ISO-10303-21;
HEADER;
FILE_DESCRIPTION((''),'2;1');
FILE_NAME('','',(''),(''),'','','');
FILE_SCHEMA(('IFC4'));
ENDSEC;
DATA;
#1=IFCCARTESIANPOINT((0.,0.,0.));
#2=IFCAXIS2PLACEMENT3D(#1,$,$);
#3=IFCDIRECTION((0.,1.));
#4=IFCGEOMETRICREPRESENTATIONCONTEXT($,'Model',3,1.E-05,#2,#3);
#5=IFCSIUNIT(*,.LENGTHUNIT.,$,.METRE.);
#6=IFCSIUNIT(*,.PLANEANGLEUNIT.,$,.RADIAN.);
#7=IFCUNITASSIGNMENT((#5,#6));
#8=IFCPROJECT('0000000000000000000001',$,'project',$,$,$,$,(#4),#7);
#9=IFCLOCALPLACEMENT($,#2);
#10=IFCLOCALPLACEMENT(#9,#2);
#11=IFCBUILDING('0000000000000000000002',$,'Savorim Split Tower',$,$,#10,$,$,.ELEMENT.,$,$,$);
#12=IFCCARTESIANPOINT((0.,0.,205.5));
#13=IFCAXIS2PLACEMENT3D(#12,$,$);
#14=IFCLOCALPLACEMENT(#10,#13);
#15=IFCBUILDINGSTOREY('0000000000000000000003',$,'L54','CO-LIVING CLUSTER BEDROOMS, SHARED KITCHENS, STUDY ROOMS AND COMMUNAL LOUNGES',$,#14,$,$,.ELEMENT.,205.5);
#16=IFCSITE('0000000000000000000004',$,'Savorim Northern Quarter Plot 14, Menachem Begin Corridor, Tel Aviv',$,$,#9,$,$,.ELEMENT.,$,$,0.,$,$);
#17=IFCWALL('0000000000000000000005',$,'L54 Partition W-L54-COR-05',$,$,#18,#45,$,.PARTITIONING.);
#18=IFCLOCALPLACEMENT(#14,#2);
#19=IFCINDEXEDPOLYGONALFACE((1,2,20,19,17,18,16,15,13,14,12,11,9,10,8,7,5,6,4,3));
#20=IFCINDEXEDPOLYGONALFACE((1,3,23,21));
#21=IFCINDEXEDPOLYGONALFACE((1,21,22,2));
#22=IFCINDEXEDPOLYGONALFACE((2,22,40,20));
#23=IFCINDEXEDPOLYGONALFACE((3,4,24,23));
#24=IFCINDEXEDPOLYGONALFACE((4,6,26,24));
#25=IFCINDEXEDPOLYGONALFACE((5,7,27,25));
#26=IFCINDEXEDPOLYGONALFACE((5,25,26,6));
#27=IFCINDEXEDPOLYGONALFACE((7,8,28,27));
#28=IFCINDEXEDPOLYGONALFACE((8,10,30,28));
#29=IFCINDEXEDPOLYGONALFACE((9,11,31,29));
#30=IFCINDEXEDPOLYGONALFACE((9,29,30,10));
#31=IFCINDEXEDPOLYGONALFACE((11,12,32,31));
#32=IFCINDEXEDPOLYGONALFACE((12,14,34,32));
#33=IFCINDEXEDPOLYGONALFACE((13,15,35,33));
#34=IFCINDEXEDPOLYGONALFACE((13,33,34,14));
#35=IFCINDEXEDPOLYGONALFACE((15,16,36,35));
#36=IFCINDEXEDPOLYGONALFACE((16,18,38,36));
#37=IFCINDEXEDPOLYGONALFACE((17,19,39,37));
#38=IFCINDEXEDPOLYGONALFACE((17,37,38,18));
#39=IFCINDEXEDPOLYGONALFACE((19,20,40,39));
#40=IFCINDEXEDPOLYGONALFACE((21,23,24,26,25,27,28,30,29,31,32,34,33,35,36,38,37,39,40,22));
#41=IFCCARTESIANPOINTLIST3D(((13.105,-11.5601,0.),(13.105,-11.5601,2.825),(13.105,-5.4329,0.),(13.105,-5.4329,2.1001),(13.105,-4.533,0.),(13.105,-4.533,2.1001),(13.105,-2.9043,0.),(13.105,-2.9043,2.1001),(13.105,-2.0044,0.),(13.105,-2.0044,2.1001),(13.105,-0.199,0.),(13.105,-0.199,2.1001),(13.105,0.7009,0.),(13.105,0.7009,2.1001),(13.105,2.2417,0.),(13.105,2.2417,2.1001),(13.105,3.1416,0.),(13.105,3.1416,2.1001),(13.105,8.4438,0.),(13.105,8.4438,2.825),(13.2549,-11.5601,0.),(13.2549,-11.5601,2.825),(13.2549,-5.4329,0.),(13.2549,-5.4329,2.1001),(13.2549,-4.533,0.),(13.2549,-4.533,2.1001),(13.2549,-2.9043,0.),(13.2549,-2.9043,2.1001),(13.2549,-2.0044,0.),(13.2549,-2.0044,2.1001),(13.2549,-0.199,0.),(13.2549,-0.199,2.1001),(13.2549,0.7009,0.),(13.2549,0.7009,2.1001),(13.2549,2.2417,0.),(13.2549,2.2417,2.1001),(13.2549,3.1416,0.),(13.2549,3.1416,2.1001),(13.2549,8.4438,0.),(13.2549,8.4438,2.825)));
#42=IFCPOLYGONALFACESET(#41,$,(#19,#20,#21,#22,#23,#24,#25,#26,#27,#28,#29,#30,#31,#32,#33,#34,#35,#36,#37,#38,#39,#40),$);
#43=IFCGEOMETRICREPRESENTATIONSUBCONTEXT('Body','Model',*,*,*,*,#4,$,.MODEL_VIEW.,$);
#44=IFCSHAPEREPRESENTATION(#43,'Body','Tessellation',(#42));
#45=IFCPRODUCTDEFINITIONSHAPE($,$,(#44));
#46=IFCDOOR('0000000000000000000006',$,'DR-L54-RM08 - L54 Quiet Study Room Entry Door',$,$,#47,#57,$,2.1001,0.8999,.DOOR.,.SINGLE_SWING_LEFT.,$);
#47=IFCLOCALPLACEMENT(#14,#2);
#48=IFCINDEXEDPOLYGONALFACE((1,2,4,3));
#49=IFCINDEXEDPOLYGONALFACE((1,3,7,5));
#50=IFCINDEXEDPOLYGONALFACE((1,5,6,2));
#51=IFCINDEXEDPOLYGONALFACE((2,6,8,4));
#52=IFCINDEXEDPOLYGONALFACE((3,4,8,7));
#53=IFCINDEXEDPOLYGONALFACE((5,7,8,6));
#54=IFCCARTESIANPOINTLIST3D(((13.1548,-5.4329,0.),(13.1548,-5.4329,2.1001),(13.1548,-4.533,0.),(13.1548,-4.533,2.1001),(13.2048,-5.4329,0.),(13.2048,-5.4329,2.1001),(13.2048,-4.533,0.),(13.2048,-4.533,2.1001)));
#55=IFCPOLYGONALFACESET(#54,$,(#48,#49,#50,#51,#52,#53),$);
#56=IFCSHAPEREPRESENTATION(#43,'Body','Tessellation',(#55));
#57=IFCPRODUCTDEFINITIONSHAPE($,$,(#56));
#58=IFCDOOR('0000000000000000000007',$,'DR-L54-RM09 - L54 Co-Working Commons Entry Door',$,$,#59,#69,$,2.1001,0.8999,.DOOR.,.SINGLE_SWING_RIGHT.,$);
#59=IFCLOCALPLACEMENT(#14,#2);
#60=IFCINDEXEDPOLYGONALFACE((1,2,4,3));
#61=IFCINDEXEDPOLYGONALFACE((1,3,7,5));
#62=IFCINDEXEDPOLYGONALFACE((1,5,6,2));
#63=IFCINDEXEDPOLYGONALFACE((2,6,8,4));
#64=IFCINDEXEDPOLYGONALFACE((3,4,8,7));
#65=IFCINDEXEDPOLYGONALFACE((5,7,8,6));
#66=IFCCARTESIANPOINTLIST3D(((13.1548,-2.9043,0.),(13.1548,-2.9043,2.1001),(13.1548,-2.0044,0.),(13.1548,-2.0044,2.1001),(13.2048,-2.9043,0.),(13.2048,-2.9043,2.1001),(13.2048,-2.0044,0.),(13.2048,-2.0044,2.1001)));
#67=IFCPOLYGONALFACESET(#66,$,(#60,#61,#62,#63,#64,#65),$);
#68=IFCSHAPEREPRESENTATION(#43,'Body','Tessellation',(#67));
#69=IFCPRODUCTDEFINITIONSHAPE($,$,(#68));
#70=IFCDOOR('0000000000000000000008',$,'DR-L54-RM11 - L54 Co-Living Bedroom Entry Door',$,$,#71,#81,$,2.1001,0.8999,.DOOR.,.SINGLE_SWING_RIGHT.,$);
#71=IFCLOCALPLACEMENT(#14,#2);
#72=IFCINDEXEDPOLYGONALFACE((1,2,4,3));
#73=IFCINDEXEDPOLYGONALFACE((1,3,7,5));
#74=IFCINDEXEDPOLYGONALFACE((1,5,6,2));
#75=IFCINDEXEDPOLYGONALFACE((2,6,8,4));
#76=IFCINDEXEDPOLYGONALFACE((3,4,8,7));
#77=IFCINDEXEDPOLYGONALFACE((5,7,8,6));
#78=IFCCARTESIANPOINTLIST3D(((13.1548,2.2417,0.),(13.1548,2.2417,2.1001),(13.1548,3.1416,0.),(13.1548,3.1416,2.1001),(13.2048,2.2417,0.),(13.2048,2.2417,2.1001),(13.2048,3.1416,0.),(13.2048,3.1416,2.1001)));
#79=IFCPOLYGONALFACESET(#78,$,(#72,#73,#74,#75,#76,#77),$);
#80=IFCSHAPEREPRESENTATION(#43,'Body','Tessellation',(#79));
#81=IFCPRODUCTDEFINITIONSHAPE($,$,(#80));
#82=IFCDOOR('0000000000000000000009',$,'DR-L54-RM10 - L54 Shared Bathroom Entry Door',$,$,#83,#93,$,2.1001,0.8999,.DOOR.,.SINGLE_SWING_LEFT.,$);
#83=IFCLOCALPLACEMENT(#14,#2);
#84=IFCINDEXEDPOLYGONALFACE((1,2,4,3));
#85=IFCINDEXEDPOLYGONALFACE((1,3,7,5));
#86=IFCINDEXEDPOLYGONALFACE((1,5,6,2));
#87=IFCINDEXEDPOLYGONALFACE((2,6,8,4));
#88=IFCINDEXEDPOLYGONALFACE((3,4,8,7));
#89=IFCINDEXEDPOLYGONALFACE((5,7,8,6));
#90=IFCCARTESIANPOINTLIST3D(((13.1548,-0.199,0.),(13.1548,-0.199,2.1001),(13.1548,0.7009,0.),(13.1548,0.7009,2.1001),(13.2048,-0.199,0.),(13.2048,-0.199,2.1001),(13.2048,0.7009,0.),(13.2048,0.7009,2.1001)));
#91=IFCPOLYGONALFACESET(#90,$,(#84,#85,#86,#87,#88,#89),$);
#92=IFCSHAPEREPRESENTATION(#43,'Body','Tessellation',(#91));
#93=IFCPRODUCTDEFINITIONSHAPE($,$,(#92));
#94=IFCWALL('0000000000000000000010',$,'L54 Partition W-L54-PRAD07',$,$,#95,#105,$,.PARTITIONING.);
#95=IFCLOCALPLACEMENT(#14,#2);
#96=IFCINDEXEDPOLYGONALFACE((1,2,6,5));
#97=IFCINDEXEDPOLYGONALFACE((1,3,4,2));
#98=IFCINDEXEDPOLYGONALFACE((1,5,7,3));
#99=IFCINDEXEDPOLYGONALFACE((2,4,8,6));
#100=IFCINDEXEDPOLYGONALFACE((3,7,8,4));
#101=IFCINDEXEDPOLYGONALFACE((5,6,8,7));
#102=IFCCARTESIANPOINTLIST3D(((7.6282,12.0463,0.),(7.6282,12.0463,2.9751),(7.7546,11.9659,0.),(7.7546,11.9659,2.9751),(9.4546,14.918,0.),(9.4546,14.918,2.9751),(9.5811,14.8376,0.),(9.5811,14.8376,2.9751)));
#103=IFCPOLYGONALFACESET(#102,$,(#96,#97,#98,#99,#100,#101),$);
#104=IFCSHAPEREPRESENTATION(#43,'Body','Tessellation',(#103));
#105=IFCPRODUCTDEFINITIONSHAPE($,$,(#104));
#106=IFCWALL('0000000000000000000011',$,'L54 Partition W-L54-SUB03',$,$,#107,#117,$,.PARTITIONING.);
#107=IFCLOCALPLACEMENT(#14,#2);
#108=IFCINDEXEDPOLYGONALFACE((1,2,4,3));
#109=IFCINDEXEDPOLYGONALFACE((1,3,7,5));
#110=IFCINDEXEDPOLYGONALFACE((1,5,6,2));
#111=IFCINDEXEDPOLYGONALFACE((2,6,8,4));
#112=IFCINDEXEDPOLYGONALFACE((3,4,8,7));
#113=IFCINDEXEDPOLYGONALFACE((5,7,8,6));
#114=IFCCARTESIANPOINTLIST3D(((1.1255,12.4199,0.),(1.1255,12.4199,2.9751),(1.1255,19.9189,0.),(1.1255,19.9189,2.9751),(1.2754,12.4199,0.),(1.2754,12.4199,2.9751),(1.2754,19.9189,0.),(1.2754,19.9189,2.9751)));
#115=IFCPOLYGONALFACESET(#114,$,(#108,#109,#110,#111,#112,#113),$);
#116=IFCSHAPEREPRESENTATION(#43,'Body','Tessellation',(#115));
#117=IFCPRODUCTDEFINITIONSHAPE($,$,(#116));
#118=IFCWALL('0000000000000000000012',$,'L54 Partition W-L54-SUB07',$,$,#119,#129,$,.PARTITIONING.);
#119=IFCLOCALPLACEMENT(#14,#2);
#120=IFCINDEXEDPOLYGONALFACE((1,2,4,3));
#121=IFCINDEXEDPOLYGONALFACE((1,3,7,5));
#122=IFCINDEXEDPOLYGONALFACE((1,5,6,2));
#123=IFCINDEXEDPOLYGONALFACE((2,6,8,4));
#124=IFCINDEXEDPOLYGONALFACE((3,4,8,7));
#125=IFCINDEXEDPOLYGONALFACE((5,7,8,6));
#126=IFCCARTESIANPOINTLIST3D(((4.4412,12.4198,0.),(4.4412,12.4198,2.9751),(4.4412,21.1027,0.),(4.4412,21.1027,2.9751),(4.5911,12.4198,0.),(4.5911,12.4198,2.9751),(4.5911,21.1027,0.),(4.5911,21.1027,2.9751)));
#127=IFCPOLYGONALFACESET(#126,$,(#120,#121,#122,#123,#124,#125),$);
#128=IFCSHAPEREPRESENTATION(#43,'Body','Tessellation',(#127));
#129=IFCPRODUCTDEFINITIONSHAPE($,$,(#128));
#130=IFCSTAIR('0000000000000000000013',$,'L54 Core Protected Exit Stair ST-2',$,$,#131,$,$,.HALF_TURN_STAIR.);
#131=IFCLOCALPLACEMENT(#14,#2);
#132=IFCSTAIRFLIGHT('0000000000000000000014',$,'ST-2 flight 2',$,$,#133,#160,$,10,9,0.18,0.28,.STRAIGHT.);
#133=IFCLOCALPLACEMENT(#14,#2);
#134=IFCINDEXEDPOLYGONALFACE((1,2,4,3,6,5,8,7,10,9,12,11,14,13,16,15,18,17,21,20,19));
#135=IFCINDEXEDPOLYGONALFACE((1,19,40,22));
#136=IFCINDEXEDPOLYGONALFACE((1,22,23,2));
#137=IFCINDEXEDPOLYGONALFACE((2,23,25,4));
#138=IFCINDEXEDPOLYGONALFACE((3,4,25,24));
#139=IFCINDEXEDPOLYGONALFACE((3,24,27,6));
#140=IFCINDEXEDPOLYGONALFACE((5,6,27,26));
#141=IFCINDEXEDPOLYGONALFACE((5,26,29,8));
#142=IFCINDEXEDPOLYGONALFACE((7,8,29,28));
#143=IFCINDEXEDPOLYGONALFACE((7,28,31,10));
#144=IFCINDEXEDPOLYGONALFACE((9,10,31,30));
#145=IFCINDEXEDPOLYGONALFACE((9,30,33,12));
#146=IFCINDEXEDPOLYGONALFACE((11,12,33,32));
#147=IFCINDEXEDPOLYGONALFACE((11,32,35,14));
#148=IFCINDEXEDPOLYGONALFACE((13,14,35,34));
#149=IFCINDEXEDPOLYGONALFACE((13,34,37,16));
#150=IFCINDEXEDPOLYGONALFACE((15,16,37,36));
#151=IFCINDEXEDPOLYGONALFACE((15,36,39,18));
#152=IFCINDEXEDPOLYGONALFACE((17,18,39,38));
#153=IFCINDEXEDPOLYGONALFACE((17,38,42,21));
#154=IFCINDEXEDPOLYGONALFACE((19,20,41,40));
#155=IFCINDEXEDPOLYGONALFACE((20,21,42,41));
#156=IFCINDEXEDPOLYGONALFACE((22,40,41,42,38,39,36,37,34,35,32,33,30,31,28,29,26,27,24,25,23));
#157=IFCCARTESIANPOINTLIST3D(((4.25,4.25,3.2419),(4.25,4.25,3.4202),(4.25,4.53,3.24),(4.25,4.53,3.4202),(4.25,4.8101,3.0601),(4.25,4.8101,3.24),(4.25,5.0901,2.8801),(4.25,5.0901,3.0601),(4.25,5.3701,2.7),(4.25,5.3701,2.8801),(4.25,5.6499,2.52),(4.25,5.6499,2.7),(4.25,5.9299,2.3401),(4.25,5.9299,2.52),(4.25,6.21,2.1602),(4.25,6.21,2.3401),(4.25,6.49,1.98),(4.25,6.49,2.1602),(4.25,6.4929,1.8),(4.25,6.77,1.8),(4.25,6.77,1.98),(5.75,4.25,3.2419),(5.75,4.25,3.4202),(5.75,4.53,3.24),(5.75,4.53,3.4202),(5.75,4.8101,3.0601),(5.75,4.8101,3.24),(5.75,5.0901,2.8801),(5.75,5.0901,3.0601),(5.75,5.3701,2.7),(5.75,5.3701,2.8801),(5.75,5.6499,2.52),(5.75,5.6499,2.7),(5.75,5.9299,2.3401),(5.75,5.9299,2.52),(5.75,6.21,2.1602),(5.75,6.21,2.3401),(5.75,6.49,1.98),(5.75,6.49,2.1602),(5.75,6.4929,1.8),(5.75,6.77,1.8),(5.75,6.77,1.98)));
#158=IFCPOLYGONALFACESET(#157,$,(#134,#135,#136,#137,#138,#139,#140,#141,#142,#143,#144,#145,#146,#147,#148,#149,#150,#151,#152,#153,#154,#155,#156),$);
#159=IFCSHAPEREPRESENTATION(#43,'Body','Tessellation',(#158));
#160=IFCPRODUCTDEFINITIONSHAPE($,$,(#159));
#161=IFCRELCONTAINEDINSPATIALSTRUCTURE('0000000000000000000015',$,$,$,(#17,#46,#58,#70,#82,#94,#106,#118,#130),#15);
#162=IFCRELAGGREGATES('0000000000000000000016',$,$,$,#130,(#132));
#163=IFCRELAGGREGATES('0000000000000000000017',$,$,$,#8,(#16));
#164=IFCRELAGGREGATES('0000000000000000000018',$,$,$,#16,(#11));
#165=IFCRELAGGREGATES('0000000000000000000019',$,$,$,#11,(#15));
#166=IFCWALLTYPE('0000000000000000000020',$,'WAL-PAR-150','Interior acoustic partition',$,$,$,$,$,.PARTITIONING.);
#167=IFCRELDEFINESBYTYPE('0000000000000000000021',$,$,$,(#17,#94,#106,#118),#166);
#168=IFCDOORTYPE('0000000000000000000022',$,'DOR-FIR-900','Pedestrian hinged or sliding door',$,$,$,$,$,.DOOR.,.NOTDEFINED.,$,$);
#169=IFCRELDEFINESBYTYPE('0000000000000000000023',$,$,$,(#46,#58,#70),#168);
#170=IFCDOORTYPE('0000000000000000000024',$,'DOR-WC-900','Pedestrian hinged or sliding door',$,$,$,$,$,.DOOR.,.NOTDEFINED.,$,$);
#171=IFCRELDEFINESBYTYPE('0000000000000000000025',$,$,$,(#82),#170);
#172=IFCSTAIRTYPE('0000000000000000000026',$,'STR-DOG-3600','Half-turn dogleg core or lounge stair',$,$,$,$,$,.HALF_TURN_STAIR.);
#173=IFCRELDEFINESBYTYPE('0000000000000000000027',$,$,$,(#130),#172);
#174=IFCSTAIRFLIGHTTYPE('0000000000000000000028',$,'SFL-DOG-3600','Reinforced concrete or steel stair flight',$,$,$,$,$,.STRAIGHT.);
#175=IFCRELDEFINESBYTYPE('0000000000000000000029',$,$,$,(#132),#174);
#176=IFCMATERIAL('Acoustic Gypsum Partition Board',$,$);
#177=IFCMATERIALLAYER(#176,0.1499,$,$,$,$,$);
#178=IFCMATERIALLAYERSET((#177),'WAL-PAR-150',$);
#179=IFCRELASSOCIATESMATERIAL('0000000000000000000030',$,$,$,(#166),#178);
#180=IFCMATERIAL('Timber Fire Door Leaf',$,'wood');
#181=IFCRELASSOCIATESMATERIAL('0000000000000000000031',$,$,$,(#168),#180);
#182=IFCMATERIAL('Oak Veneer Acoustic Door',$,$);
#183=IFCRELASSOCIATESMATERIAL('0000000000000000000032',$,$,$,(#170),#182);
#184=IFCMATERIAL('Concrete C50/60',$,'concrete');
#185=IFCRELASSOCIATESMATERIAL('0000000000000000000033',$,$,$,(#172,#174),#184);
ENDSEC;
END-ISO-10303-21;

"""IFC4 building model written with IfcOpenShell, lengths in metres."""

from ifc_helpers import new_model, si_unit, direction, frame, frame_2d, origin, place, context, subcontext, project, spatial, polyline, rectangle, outline, extrude, material, layer, layer_set, type_object, element, fill, aggregate, save


model = new_model("IFC4")

# Units and contexts
model_context = context("Model", 3, precision=1e-05, world=origin(), true_north=direction((0.0, 1.0)))
body_context = subcontext(model_context, "Body", "Model", "MODEL_VIEW")
ifc_project = project(units=[si_unit("LENGTHUNIT", "METRE"), si_unit("PLANEANGLEUNIT", "RADIAN")], contexts=[model_context])

# Site, building, storey
site_placement = place(None, origin())
site = spatial("IfcSite", under=ifc_project, at=site_placement, Name="Savorim Northern Quarter Plot 14, Menachem Begin Corridor, Tel Aviv", CompositionType="ELEMENT", RefElevation=0.0)
building_placement = place(site_placement, origin())
building = spatial("IfcBuilding", under=site, at=building_placement, Name="Savorim Split Tower", CompositionType="ELEMENT")
storey_placement = place(building_placement, frame((0.0, 0.0, 205.5)))
storey = spatial("IfcBuildingStorey", under=building, at=storey_placement, Name="L54", Description="CO-LIVING CLUSTER BEDROOMS, SHARED KITCHENS, STUDY ROOMS AND COMMUNAL LOUNGES", CompositionType="ELEMENT", Elevation=205.5)

# Shared definitions
ifc_material_1 = material(Name="Timber Fire Door Leaf", Category="wood")

# Shared definitions
ifc_material_2 = material(Name="Acoustic Gypsum Partition Board")
ifc_layer_1 = layer(ifc_material_2, 0.1499)
ifc_layer_set_1 = layer_set([ifc_layer_1], Name="WAL-PAR-150")
wall_type_1 = type_object("IfcWallType", Name="WAL-PAR-150", Description="Interior acoustic partition", PredefinedType="PARTITIONING", material=ifc_layer_set_1)
door_type_1 = type_object("IfcDoorType", Name="DOR-FIR-900", Description="Pedestrian hinged or sliding door", OperationType="NOTDEFINED", PredefinedType="DOOR", material=ifc_material_1)

# Wall, openings, doors
wall_1_placement = place(storey_placement, frame((13.1799, 8.4438, 0.0), z_axis=(0.0, 0.0, 1.0), x_axis=(0.0, -1.0, 0.0)))
wall_1 = element("IfcWall", 1, at=wall_1_placement, inside=storey, type_object=wall_type_1, Name="L54 Partition W-L54-COR-05", PredefinedType="PARTITIONING", context=body_context, shape_type="SweptSolid", body=[
    extrude(rectangle(XDim=20.0039, YDim=0.1499, at=frame_2d((10.002, 0.0))), origin(), (0.0, 0.0, 1.0), 2.825),
])
opening_1_placement = place(wall_1_placement, frame((12.9768, 0.0, 0.0)))
opening_1 = element("IfcOpeningElement", 2, at=opening_1_placement, cuts=wall_1, PredefinedType="OPENING", context=body_context, shape_type="SweptSolid", body=[
    extrude(rectangle(XDim=0.8999, YDim=2.1001, at=frame_2d((0.45, 1.05))), frame((0.0, 0.085, 0.0), z_axis=(0.0, -1.0, 0.0), x_axis=(1.0, 0.0, 0.0)), (0.0, 0.0, 1.0), 0.1699),
])
opening_2_placement = place(wall_1_placement, frame((10.4482, 0.0, 0.0)))
opening_2 = element("IfcOpeningElement", 3, at=opening_2_placement, cuts=wall_1, PredefinedType="OPENING", context=body_context, shape_type="SweptSolid", body=[
    extrude(rectangle(XDim=0.8999, YDim=2.1001, at=frame_2d((0.45, 1.05))), frame((0.0, 0.085, 0.0), z_axis=(0.0, -1.0, 0.0), x_axis=(1.0, 0.0, 0.0)), (0.0, 0.0, 1.0), 0.1699),
])
opening_3_placement = place(wall_1_placement, frame((7.7429, 0.0, 0.0)))
opening_3 = element("IfcOpeningElement", 4, at=opening_3_placement, cuts=wall_1, PredefinedType="OPENING", context=body_context, shape_type="SweptSolid", body=[
    extrude(rectangle(XDim=0.8999, YDim=2.1001, at=frame_2d((0.45, 1.05))), frame((0.0, 0.085, 0.0), z_axis=(0.0, -1.0, 0.0), x_axis=(1.0, 0.0, 0.0)), (0.0, 0.0, 1.0), 0.1699),
])
opening_4_placement = place(wall_1_placement, frame((5.3022, 0.0, 0.0)))
opening_4 = element("IfcOpeningElement", 5, at=opening_4_placement, cuts=wall_1, PredefinedType="OPENING", context=body_context, shape_type="SweptSolid", body=[
    extrude(rectangle(XDim=0.8999, YDim=2.1001, at=frame_2d((0.45, 1.05))), frame((0.0, 0.085, 0.0), z_axis=(0.0, -1.0, 0.0), x_axis=(1.0, 0.0, 0.0)), (0.0, 0.0, 1.0), 0.1699),
])
door_1_placement = place(opening_1_placement, origin())
door_1 = element("IfcDoor", 6, at=door_1_placement, inside=storey, type_object=door_type_1, Name="DR-L54-RM08 - L54 Quiet Study Room Entry Door", OperationType="SINGLE_SWING_LEFT", OverallHeight=2.1001, OverallWidth=0.8999, PredefinedType="DOOR", context=body_context, shape_type="SweptSolid", body=[
    extrude(rectangle(XDim=0.8999, YDim=2.1001, at=frame_2d((0.45, 1.05))), frame((0.0, 0.0249, 0.0), z_axis=(0.0, -1.0, 0.0), x_axis=(1.0, 0.0, 0.0)), (0.0, 0.0, 1.0), 0.05),
])
fill(opening_1, door_1)
door_2_placement = place(opening_2_placement, origin())
door_2 = element("IfcDoor", 7, at=door_2_placement, inside=storey, type_object=door_type_1, Name="DR-L54-RM09 - L54 Co-Working Commons Entry Door", OperationType="SINGLE_SWING_RIGHT", OverallHeight=2.1001, OverallWidth=0.8999, PredefinedType="DOOR", context=body_context, shape_type="SweptSolid", body=[
    extrude(rectangle(XDim=0.8999, YDim=2.1001, at=frame_2d((0.45, 1.05))), frame((0.0, 0.0249, 0.0), z_axis=(0.0, -1.0, 0.0), x_axis=(1.0, 0.0, 0.0)), (0.0, 0.0, 1.0), 0.05),
])
fill(opening_2, door_2)
door_3_placement = place(opening_4_placement, origin())
door_3 = element("IfcDoor", 8, at=door_3_placement, inside=storey, type_object=door_type_1, Name="DR-L54-RM11 - L54 Co-Living Bedroom Entry Door", OperationType="SINGLE_SWING_RIGHT", OverallHeight=2.1001, OverallWidth=0.8999, PredefinedType="DOOR", context=body_context, shape_type="SweptSolid", body=[
    extrude(rectangle(XDim=0.8999, YDim=2.1001, at=frame_2d((0.45, 1.05))), frame((0.0, 0.0249, 0.0), z_axis=(0.0, -1.0, 0.0), x_axis=(1.0, 0.0, 0.0)), (0.0, 0.0, 1.0), 0.05),
])
fill(opening_4, door_3)
ifc_material_3 = material(Name="Oak Veneer Acoustic Door")
door_type_2 = type_object("IfcDoorType", Name="DOR-WC-900", Description="Pedestrian hinged or sliding door", OperationType="NOTDEFINED", PredefinedType="DOOR", material=ifc_material_3)
door_4_placement = place(opening_3_placement, origin())
door_4 = element("IfcDoor", 9, at=door_4_placement, inside=storey, type_object=door_type_2, Name="DR-L54-RM10 - L54 Shared Bathroom Entry Door", OperationType="SINGLE_SWING_LEFT", OverallHeight=2.1001, OverallWidth=0.8999, PredefinedType="DOOR", context=body_context, shape_type="SweptSolid", body=[
    extrude(rectangle(XDim=0.8999, YDim=2.1001, at=frame_2d((0.45, 1.05))), frame((0.0, 0.0249, 0.0), z_axis=(0.0, -1.0, 0.0), x_axis=(1.0, 0.0, 0.0)), (0.0, 0.0, 1.0), 0.05),
])
fill(opening_3, door_4)

# Walls
wall_2_placement = place(storey_placement, frame((7.6914, 12.0061, 0.0), z_axis=(0.0, 0.0, 1.0), x_axis=(0.536676, 0.843788, 0.0)))
element("IfcWall", 10, at=wall_2_placement, inside=storey, type_object=wall_type_1, Name="L54 Partition W-L54-PRAD07", PredefinedType="PARTITIONING", context=body_context, shape_type="SweptSolid", body=[
    extrude(rectangle(XDim=3.4033, YDim=0.1499, at=frame_2d((1.7017, 0.0))), origin(), (0.0, 0.0, 1.0), 2.9751),
])
wall_3_placement = place(storey_placement, frame((1.2004, 12.4199, 0.0), z_axis=(0.0, 0.0, 1.0), x_axis=(0.0, 1.0, 0.0)))
element("IfcWall", 11, at=wall_3_placement, inside=storey, type_object=wall_type_1, Name="L54 Partition W-L54-SUB03", PredefinedType="PARTITIONING", context=body_context, shape_type="SweptSolid", body=[
    extrude(rectangle(XDim=7.499, YDim=0.1499, at=frame_2d((3.7495, 0.0))), origin(), (0.0, 0.0, 1.0), 2.9751),
])
wall_4_placement = place(storey_placement, frame((4.5161, 12.4199, 0.0), z_axis=(0.0, 0.0, 1.0), x_axis=(0.0, 1.0, 0.0)))
element("IfcWall", 12, at=wall_4_placement, inside=storey, type_object=wall_type_1, Name="L54 Partition W-L54-SUB07", PredefinedType="PARTITIONING", context=body_context, shape_type="SweptSolid", body=[
    extrude(rectangle(XDim=8.6829, YDim=0.1499, at=frame_2d((4.3413, 0.0))), origin(), (0.0, 0.0, 1.0), 2.9751),
])

# Stair, stair flight
ifc_material_4 = material(Name="Concrete C50/60", Category="concrete")
stair_type = type_object("IfcStairType", Name="STR-DOG-3600", Description="Half-turn dogleg core or lounge stair", PredefinedType="HALF_TURN_STAIR", material=ifc_material_4)
stair_placement = place(storey_placement, origin())
stair = element("IfcStair", 13, at=stair_placement, inside=storey, type_object=stair_type, Name="L54 Core Protected Exit Stair ST-2", PredefinedType="HALF_TURN_STAIR")
stair_flight_type = type_object("IfcStairFlightType", Name="SFL-DOG-3600", Description="Reinforced concrete or steel stair flight", PredefinedType="STRAIGHT", material=ifc_material_4)
stair_flight_placement = place(storey_placement, frame((5.0, 6.77, 1.8), z_axis=(0.0, 0.0, 1.0), x_axis=(0.0, -1.0, 0.0)))
stair_flight = element("IfcStairFlight", 14, at=stair_flight_placement, type_object=stair_flight_type, Name="ST-2 flight 2", NumberOfRisers=10, NumberOfTreads=9, PredefinedType="STRAIGHT", RiserHeight=0.18, TreadLength=0.28, context=body_context, shape_type="SweptSolid", body=[
    extrude(outline(polyline([(0.0, 0.0), (0.0, 0.1799), (0.28, 0.1799), (0.28, 0.3601), (0.5601, 0.3601), (0.5601, 0.54), (0.8401, 0.54), (0.8401, 0.72), (1.1201, 0.72), (1.1201, 0.8999), (1.3999, 0.8999), (1.3999, 1.0801), (1.6799, 1.0801), (1.6799, 1.26), (1.96, 1.26), (1.96, 1.4399), (2.24, 1.4399), (2.24, 1.6201), (2.52, 1.6201), (2.52, 1.8), (2.52, 1.4419), (0.2771, 0.0), (0.0, 0.0)])), frame((0.0, 0.75, 0.0), z_axis=(0.0, -1.0, 0.0), x_axis=(1.0, 0.0, 0.0)), (0.0, 0.0, 1.0), 1.5),
])
aggregate(stair, [stair_flight])

save(model, "model.ifc")
